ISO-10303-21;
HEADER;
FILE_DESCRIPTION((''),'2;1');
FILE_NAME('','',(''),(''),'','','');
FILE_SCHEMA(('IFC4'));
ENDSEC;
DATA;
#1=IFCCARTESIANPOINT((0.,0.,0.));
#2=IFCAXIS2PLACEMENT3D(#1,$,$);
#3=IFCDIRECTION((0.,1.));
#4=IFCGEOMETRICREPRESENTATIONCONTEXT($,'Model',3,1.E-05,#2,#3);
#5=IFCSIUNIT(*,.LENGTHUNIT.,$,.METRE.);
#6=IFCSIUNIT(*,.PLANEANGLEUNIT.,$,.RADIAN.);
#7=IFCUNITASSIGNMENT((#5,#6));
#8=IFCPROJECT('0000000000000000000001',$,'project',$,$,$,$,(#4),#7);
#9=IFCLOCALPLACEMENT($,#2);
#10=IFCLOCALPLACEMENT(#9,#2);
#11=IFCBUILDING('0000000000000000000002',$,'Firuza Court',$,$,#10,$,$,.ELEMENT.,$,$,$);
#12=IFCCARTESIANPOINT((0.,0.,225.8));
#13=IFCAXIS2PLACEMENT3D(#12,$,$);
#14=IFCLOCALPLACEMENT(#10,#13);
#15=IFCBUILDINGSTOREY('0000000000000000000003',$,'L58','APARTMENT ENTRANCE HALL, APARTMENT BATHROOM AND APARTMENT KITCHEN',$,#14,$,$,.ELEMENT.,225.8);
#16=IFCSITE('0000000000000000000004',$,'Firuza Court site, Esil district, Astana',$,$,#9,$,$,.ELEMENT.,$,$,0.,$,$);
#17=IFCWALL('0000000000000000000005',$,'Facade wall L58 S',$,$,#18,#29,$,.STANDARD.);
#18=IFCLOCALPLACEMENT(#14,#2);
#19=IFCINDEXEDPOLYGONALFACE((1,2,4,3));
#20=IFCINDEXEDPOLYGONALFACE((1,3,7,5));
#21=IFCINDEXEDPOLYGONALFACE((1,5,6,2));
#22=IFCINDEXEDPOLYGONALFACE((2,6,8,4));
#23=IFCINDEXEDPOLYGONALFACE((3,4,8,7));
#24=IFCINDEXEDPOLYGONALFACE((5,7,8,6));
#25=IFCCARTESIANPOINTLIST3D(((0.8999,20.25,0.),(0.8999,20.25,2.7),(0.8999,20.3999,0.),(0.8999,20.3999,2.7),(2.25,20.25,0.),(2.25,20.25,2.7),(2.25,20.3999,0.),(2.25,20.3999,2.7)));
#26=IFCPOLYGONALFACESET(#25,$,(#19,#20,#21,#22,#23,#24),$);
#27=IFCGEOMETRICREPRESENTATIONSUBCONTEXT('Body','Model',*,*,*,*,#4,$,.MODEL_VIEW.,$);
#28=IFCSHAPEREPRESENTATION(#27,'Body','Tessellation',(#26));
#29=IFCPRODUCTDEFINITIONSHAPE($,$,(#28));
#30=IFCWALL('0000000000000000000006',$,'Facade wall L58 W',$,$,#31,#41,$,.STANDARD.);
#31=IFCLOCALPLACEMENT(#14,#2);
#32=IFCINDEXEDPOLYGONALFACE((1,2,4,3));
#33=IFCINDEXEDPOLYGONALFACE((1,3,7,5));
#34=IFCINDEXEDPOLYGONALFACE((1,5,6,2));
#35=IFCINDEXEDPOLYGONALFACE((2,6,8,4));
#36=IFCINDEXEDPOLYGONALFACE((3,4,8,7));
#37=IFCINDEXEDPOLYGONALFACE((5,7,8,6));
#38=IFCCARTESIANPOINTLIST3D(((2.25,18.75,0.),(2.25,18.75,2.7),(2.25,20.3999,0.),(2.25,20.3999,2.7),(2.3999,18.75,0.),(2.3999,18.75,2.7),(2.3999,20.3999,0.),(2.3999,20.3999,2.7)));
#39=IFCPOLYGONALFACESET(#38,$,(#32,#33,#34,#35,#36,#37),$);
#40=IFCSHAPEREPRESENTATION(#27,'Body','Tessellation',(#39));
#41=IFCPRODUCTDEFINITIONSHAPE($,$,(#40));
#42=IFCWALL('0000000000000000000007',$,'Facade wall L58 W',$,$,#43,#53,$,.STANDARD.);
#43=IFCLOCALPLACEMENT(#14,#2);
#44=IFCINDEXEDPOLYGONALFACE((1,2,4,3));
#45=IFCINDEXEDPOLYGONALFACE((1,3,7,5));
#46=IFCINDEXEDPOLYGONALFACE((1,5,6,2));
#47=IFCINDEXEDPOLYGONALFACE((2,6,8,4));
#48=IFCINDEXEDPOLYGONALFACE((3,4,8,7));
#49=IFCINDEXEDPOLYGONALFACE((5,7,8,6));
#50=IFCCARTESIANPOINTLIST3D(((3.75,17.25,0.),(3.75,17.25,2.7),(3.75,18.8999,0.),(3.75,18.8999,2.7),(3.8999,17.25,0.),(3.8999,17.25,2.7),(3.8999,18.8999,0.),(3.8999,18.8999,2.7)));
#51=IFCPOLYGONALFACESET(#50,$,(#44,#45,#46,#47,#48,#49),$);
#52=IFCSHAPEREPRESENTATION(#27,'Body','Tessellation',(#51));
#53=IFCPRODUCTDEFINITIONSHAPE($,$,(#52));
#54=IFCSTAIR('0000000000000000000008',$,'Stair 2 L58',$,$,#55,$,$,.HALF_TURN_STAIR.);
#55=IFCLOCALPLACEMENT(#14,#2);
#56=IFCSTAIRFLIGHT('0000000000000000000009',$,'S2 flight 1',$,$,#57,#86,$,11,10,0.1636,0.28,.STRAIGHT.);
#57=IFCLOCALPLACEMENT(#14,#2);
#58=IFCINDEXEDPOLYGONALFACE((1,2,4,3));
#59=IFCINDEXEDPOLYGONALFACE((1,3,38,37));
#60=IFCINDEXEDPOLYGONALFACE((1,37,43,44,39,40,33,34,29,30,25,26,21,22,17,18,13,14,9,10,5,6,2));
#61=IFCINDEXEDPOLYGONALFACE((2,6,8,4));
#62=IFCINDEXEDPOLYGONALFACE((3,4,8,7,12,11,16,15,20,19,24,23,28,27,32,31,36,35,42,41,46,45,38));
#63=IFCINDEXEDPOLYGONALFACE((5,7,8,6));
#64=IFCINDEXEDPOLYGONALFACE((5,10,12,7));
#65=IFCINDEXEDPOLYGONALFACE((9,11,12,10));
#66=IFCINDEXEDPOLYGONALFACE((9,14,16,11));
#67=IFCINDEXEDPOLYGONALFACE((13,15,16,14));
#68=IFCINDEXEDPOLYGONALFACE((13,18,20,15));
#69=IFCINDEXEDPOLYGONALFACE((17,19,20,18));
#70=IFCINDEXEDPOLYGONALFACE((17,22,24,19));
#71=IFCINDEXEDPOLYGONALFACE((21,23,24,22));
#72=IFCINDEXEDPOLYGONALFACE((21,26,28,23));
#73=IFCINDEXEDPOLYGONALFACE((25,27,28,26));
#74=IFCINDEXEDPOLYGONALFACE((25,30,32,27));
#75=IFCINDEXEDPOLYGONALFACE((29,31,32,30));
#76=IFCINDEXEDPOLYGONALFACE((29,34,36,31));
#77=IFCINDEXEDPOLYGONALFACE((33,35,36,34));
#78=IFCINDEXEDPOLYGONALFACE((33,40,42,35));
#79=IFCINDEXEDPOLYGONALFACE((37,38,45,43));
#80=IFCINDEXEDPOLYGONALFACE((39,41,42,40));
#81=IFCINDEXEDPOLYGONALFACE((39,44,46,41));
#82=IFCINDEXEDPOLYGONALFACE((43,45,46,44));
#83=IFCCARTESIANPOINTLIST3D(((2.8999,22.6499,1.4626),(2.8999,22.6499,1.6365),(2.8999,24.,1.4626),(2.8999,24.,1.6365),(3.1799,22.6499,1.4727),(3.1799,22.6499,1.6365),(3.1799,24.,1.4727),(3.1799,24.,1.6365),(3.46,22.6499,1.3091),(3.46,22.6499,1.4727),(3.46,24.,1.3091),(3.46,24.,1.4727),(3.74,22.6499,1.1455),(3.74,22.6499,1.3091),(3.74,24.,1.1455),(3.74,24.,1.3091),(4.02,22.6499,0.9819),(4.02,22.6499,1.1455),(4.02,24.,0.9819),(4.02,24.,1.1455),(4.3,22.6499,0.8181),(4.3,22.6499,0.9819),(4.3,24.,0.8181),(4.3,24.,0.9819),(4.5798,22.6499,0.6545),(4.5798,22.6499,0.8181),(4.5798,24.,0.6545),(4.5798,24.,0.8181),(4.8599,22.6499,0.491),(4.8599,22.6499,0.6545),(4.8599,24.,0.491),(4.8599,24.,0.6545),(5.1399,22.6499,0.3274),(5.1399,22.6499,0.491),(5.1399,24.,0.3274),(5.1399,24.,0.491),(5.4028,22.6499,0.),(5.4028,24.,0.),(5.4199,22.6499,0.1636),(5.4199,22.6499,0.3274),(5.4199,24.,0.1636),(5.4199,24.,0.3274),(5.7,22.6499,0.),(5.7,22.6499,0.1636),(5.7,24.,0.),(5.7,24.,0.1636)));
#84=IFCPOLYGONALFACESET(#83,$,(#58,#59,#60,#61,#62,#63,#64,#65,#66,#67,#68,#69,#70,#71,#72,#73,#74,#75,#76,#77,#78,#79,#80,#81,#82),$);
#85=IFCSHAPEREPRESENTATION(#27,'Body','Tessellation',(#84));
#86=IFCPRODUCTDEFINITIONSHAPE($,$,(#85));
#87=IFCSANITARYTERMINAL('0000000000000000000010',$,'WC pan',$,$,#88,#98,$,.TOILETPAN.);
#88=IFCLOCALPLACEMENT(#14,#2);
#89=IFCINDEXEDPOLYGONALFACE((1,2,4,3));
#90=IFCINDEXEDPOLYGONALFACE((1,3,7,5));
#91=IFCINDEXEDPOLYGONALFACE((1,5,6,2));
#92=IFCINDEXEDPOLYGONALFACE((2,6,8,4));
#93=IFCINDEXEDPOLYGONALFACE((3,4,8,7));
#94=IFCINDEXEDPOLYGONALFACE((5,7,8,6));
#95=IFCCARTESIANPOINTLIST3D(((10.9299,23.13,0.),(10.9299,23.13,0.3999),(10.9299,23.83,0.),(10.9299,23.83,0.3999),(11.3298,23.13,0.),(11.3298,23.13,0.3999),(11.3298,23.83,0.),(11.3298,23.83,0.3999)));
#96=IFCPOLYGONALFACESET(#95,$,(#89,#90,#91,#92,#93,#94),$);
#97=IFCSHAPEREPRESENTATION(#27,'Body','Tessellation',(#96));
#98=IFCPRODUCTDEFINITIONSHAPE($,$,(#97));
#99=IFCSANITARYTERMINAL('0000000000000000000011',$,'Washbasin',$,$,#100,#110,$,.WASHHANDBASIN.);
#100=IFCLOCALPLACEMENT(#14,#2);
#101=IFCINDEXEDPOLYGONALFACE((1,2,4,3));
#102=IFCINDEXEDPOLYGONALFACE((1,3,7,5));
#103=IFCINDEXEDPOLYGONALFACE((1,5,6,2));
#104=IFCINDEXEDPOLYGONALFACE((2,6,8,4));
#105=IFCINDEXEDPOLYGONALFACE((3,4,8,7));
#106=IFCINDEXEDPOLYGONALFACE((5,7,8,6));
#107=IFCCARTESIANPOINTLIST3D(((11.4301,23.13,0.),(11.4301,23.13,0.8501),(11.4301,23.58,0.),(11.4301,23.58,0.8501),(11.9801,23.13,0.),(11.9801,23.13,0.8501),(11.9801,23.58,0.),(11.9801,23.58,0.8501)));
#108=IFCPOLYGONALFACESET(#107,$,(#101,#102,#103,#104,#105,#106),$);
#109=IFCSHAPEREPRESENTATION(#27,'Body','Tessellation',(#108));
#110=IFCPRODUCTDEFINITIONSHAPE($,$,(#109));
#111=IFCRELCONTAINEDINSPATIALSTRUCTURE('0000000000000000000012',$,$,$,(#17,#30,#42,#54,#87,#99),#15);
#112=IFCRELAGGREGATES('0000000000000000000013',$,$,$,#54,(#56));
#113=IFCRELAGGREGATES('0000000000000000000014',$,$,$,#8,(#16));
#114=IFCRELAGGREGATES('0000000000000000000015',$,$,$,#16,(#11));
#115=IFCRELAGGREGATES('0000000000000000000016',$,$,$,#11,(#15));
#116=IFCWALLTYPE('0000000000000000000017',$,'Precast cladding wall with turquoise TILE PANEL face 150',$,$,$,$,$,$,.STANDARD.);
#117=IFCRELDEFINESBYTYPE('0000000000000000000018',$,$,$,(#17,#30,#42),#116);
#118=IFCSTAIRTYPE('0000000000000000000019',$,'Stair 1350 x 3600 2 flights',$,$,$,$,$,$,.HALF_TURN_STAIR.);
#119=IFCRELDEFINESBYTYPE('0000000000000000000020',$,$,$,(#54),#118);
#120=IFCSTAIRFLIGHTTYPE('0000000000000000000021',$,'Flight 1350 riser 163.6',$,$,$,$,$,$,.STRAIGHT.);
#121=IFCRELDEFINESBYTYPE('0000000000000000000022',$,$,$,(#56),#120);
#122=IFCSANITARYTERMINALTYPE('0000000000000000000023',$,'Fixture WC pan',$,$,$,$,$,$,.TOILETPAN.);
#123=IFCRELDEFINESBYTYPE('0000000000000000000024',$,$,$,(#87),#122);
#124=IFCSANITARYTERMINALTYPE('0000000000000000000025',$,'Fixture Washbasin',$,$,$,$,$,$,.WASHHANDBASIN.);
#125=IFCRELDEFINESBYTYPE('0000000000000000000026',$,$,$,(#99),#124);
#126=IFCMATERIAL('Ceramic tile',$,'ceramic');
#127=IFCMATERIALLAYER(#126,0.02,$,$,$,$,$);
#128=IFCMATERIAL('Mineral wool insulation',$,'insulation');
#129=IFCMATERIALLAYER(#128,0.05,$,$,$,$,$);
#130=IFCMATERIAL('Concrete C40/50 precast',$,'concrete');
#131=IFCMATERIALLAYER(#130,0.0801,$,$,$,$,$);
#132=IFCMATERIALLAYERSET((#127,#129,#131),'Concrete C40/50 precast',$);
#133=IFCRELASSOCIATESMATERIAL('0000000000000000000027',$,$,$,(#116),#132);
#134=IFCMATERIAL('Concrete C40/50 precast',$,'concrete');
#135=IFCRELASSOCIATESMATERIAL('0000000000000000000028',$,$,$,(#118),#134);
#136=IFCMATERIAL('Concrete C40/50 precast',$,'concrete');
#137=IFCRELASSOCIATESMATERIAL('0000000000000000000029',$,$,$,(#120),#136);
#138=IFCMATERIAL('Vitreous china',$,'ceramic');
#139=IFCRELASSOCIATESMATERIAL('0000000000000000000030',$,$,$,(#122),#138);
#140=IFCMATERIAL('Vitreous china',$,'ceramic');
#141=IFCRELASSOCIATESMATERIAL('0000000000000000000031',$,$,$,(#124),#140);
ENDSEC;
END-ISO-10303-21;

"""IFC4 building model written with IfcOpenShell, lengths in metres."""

from ifc_helpers import new_model, si_unit, direction, frame, frame_2d, origin, origin_2d, place, context, subcontext, project, spatial, polyline, rectangle, outline, extrude, material, layer, layer_set, type_object, element, aggregate, save


model = new_model("IFC4")

# Units and contexts
model_context = context("Model", 3, precision=1e-05, world=origin(), true_north=direction((0.0, 1.0)))
body_context = subcontext(model_context, "Body", "Model", "MODEL_VIEW")
ifc_project = project(units=[si_unit("LENGTHUNIT", "METRE"), si_unit("PLANEANGLEUNIT", "RADIAN")], contexts=[model_context])

# Site, building, storey
site_placement = place(None, origin())
site = spatial("IfcSite", under=ifc_project, at=site_placement, Name="Firuza Court site, Esil district, Astana", CompositionType="ELEMENT", RefElevation=0.0)
building_placement = place(site_placement, origin())
building = spatial("IfcBuilding", under=site, at=building_placement, Name="Firuza Court", CompositionType="ELEMENT")
storey_placement = place(building_placement, frame((0.0, 0.0, 225.8)))
storey = spatial("IfcBuildingStorey", under=building, at=storey_placement, Name="L58", Description="APARTMENT ENTRANCE HALL, APARTMENT BATHROOM AND APARTMENT KITCHEN", CompositionType="ELEMENT", Elevation=225.8)

# Walls
ifc_material_1 = material(Name="Ceramic tile", Category="ceramic")
ifc_layer_1 = layer(ifc_material_1, 0.02)
ifc_material_2 = material(Name="Mineral wool insulation", Category="insulation")
ifc_layer_2 = layer(ifc_material_2, 0.05)
ifc_material_3 = material(Name="Concrete C40/50 precast", Category="concrete")
ifc_layer_3 = layer(ifc_material_3, 0.0801)
ifc_layer_set_1 = layer_set([ifc_layer_1, ifc_layer_2, ifc_layer_3], Name="Concrete C40/50 precast")
wall_type_1 = type_object("IfcWallType", Name="Precast cladding wall with turquoise TILE PANEL face 150", PredefinedType="STANDARD", material=ifc_layer_set_1)
wall_1_placement = place(storey_placement, frame((0.8999, 20.325, 0.0), z_axis=(0.0, 0.0, 1.0), x_axis=(1.0, 0.0, 0.0)))
element("IfcWall", 1, at=wall_1_placement, inside=storey, type_object=wall_type_1, Name="Facade wall L58 S", PredefinedType="STANDARD", context=body_context, shape_type="SweptSolid", body=[
    extrude(rectangle(XDim=1.3501, YDim=0.1499, at=frame_2d((0.675, 0.0))), origin(), (0.0, 0.0, 1.0), 2.7),
])
for number, where, z_axis, x_axis, name in (
    (2, (2.325, 20.3999, 0.0), (0.0, 0.0, 1.0), (0.0, -1.0, 0.0), "Facade wall L58 W"),
    (3, (3.825, 18.8999, 0.0), (0.0, 0.0, 1.0), (0.0, -1.0, 0.0), "Facade wall L58 W"),
):
    element("IfcWall", number, at=place(storey_placement, frame(where, z_axis=z_axis, x_axis=x_axis)), inside=storey, type_object=wall_type_1, Name=name, PredefinedType="STANDARD", context=body_context, shape_type="SweptSolid", body=[
        extrude(rectangle(XDim=1.6499, YDim=0.1499, at=frame_2d((0.825, 0.0))), origin(), (0.0, 0.0, 1.0), 2.7),
    ])

# Stair, stair flight
ifc_material_4 = material(Name="Concrete C40/50 precast", Category="concrete")
stair_type = type_object("IfcStairType", Name="Stair 1350 x 3600 2 flights", PredefinedType="HALF_TURN_STAIR", material=ifc_material_4)
stair_placement = place(storey_placement, origin())
stair = element("IfcStair", 4, at=stair_placement, inside=storey, type_object=stair_type, Name="Stair 2 L58", PredefinedType="HALF_TURN_STAIR")
ifc_material_5 = material(Name="Concrete C40/50 precast", Category="concrete")
stair_flight_type = type_object("IfcStairFlightType", Name="Flight 1350 riser 163.6", PredefinedType="STRAIGHT", material=ifc_material_5)
stair_flight_placement = place(storey_placement, frame((5.7, 23.325, 0.0), z_axis=(0.0, 0.0, 1.0), x_axis=(-1.0, 0.0, 0.0)))
stair_flight = element("IfcStairFlight", 5, at=stair_flight_placement, type_object=stair_flight_type, Name="S2 flight 1", NumberOfRisers=11, NumberOfTreads=10, PredefinedType="STRAIGHT", RiserHeight=0.1636, TreadLength=0.28, context=body_context, shape_type="SweptSolid", body=[
    extrude(outline(polyline([(0.0, 0.0), (0.0, 0.1636), (0.28, 0.1636), (0.28, 0.3274), (0.5601, 0.3274), (0.5601, 0.491), (0.8401, 0.491), (0.8401, 0.6545), (1.1201, 0.6545), (1.1201, 0.8181), (1.3999, 0.8181), (1.3999, 0.9819), (1.6799, 0.9819), (1.6799, 1.1455), (1.96, 1.1455), (1.96, 1.3091), (2.24, 1.3091), (2.24, 1.4727), (2.52, 1.4727), (2.52, 1.6365), (2.8, 1.6365), (2.8, 1.8), (2.8, 1.4626), (0.2971, 0.0), (0.0, 0.0)])), frame((0.0, 0.675, 0.0), z_axis=(0.0, -1.0, 0.0), x_axis=(1.0, 0.0, 0.0)), (0.0, 0.0, 1.0), 1.3501),
])
aggregate(stair, [stair_flight])

# Sanitary terminals
ifc_material_6 = material(Name="Vitreous china", Category="ceramic")
sanitary_terminal_type_1 = type_object("IfcSanitaryTerminalType", Name="Fixture WC pan", PredefinedType="TOILETPAN", material=ifc_material_6)
sanitary_terminal_1_placement = place(storey_placement, frame((11.1299, 23.48, 0.0), z_axis=(0.0, 0.0, 1.0), x_axis=(1.0, 0.0, 0.0)))
element("IfcSanitaryTerminal", 6, at=sanitary_terminal_1_placement, inside=storey, type_object=sanitary_terminal_type_1, Name="WC pan", PredefinedType="TOILETPAN", context=body_context, shape_type="SweptSolid", body=[
    extrude(rectangle(XDim=0.3999, YDim=0.7, at=origin_2d()), origin(), (0.0, 0.0, 1.0), 0.3999),
])
ifc_material_7 = material(Name="Vitreous china", Category="ceramic")
sanitary_terminal_type_2 = type_object("IfcSanitaryTerminalType", Name="Fixture Washbasin", PredefinedType="WASHHANDBASIN", material=ifc_material_7)
sanitary_terminal_2_placement = place(storey_placement, frame((11.7051, 23.355, 0.0), z_axis=(0.0, 0.0, 1.0), x_axis=(1.0, 0.0, 0.0)))
element("IfcSanitaryTerminal", 7, at=sanitary_terminal_2_placement, inside=storey, type_object=sanitary_terminal_type_2, Name="Washbasin", PredefinedType="WASHHANDBASIN", context=body_context, shape_type="SweptSolid", body=[
    extrude(rectangle(XDim=0.55, YDim=0.45, at=origin_2d()), origin(), (0.0, 0.0, 1.0), 0.8501),
])

save(model, "model.ifc")
